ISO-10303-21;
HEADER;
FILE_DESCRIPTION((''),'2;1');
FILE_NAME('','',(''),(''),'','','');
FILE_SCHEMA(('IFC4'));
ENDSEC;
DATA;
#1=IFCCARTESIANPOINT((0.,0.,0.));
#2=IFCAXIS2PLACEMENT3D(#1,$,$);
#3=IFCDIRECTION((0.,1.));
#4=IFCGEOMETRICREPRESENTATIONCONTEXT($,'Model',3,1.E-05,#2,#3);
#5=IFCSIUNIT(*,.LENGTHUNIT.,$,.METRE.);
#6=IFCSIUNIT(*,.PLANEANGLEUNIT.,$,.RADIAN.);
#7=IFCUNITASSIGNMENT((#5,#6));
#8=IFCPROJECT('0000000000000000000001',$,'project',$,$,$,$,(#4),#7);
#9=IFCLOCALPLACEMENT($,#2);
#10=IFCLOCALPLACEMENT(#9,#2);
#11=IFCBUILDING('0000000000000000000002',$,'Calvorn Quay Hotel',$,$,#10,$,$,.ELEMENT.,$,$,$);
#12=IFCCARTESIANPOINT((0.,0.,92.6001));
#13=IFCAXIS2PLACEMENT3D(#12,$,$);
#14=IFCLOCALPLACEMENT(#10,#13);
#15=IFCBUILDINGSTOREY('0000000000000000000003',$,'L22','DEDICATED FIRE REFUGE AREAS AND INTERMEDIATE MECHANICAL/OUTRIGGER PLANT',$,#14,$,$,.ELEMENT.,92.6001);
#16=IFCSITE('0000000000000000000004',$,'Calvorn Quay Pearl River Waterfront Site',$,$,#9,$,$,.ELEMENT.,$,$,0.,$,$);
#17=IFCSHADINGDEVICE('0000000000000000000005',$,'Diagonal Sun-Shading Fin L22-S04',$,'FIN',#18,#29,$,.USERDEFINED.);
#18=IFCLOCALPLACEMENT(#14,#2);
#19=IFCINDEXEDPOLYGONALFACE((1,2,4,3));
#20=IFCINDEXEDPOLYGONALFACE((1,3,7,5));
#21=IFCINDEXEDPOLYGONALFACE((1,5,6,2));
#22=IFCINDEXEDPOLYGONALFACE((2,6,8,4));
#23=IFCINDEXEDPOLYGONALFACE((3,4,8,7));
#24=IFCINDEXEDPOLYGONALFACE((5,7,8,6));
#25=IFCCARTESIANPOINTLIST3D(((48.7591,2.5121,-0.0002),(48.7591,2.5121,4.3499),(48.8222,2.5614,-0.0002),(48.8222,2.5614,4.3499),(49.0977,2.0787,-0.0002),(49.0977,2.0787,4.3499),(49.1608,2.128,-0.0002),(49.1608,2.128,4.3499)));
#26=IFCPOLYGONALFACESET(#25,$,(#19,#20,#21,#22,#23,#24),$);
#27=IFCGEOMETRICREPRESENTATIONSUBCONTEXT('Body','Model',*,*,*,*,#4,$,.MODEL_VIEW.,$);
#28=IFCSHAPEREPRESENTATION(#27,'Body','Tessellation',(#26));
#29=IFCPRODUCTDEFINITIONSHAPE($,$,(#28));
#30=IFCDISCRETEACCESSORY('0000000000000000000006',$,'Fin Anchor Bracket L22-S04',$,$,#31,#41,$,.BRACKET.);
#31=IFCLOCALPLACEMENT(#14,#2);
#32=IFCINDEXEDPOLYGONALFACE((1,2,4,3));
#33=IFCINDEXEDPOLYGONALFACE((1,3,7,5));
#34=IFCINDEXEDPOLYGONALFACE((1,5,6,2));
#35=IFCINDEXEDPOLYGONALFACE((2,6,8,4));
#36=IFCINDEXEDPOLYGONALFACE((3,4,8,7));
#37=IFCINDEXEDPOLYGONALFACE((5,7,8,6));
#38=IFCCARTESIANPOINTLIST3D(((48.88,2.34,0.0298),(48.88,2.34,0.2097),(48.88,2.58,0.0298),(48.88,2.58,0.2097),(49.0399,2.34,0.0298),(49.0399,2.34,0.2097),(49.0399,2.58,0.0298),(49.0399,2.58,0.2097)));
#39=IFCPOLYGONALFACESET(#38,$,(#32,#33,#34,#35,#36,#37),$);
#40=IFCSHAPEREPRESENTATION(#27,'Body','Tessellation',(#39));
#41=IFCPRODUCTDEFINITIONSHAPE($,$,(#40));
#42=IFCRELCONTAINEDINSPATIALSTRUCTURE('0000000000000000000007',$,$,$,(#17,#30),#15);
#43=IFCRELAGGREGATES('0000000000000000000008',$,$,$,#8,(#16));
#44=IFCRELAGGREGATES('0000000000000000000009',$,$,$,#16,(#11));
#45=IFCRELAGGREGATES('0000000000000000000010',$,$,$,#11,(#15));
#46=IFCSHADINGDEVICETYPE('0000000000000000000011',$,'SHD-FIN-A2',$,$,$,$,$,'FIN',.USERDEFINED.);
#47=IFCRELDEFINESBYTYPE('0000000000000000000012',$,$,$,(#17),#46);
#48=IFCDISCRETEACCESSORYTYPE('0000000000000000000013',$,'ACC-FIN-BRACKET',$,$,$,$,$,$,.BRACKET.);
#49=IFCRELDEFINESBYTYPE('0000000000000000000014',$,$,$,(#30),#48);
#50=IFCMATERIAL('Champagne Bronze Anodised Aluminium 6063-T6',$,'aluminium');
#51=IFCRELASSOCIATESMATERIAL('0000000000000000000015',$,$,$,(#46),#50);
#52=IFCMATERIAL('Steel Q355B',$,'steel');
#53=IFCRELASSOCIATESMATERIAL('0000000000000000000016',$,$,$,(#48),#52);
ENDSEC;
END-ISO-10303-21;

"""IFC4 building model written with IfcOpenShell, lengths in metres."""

from ifc_helpers import new_model, si_unit, direction, frame, origin, origin_2d, place, context, subcontext, project, spatial, rectangle, extrude, material, type_object, element, save


model = new_model("IFC4")

# Units and contexts
model_context = context("Model", 3, precision=1e-05, world=origin(), true_north=direction((0.0, 1.0)))
body_context = subcontext(model_context, "Body", "Model", "MODEL_VIEW")
ifc_project = project(units=[si_unit("LENGTHUNIT", "METRE"), si_unit("PLANEANGLEUNIT", "RADIAN")], contexts=[model_context])

# Site, building, storey
site_placement = place(None, origin())
site = spatial("IfcSite", under=ifc_project, at=site_placement, Name="Calvorn Quay Pearl River Waterfront Site", CompositionType="ELEMENT", RefElevation=0.0)
building_placement = place(site_placement, origin())
building = spatial("IfcBuilding", under=site, at=building_placement, Name="Calvorn Quay Hotel", CompositionType="ELEMENT")
storey_placement = place(building_placement, frame((0.0, 0.0, 92.6001)))
storey = spatial("IfcBuildingStorey", under=building, at=storey_placement, Name="L22", Description="DEDICATED FIRE REFUGE AREAS AND INTERMEDIATE MECHANICAL/OUTRIGGER PLANT", CompositionType="ELEMENT", Elevation=92.6001)

# Shading device
ifc_material_1 = material(Name="Champagne Bronze Anodised Aluminium 6063-T6", Category="aluminium")
shading_device_type = type_object("IfcShadingDeviceType", Name="SHD-FIN-A2", ElementType="FIN", PredefinedType="USERDEFINED", material=ifc_material_1)
shading_device_placement = place(storey_placement, frame((48.96, 2.3201, -0.0002), z_axis=(0.0, 0.0, 1.0), x_axis=(-0.615661, 0.788011, 0.0)))
element("IfcShadingDevice", 1, at=shading_device_placement, inside=storey, type_object=shading_device_type, Name="Diagonal Sun-Shading Fin L22-S04", ObjectType="FIN", PredefinedType="USERDEFINED", context=body_context, shape_type="SweptSolid", body=[
    extrude(rectangle(XDim=0.55, YDim=0.0801, at=origin_2d()), origin(), (0.0, 0.0, 1.0), 4.3501),
])

# Discrete accessory
ifc_material_2 = material(Name="Steel Q355B", Category="steel")
discrete_accessory_type = type_object("IfcDiscreteAccessoryType", Name="ACC-FIN-BRACKET", PredefinedType="BRACKET", material=ifc_material_2)
discrete_accessory_placement = place(storey_placement, frame((48.96, 2.46, 0.0298), z_axis=(0.0, 0.0, 1.0), x_axis=(0.0, 1.0, 0.0)))
element("IfcDiscreteAccessory", 2, at=discrete_accessory_placement, inside=storey, type_object=discrete_accessory_type, Name="Fin Anchor Bracket L22-S04", PredefinedType="BRACKET", context=body_context, shape_type="SweptSolid", body=[
    extrude(rectangle(XDim=0.24, YDim=0.1599, at=origin_2d()), origin(), (0.0, 0.0, 1.0), 0.1799),
])

save(model, "model.ifc")
